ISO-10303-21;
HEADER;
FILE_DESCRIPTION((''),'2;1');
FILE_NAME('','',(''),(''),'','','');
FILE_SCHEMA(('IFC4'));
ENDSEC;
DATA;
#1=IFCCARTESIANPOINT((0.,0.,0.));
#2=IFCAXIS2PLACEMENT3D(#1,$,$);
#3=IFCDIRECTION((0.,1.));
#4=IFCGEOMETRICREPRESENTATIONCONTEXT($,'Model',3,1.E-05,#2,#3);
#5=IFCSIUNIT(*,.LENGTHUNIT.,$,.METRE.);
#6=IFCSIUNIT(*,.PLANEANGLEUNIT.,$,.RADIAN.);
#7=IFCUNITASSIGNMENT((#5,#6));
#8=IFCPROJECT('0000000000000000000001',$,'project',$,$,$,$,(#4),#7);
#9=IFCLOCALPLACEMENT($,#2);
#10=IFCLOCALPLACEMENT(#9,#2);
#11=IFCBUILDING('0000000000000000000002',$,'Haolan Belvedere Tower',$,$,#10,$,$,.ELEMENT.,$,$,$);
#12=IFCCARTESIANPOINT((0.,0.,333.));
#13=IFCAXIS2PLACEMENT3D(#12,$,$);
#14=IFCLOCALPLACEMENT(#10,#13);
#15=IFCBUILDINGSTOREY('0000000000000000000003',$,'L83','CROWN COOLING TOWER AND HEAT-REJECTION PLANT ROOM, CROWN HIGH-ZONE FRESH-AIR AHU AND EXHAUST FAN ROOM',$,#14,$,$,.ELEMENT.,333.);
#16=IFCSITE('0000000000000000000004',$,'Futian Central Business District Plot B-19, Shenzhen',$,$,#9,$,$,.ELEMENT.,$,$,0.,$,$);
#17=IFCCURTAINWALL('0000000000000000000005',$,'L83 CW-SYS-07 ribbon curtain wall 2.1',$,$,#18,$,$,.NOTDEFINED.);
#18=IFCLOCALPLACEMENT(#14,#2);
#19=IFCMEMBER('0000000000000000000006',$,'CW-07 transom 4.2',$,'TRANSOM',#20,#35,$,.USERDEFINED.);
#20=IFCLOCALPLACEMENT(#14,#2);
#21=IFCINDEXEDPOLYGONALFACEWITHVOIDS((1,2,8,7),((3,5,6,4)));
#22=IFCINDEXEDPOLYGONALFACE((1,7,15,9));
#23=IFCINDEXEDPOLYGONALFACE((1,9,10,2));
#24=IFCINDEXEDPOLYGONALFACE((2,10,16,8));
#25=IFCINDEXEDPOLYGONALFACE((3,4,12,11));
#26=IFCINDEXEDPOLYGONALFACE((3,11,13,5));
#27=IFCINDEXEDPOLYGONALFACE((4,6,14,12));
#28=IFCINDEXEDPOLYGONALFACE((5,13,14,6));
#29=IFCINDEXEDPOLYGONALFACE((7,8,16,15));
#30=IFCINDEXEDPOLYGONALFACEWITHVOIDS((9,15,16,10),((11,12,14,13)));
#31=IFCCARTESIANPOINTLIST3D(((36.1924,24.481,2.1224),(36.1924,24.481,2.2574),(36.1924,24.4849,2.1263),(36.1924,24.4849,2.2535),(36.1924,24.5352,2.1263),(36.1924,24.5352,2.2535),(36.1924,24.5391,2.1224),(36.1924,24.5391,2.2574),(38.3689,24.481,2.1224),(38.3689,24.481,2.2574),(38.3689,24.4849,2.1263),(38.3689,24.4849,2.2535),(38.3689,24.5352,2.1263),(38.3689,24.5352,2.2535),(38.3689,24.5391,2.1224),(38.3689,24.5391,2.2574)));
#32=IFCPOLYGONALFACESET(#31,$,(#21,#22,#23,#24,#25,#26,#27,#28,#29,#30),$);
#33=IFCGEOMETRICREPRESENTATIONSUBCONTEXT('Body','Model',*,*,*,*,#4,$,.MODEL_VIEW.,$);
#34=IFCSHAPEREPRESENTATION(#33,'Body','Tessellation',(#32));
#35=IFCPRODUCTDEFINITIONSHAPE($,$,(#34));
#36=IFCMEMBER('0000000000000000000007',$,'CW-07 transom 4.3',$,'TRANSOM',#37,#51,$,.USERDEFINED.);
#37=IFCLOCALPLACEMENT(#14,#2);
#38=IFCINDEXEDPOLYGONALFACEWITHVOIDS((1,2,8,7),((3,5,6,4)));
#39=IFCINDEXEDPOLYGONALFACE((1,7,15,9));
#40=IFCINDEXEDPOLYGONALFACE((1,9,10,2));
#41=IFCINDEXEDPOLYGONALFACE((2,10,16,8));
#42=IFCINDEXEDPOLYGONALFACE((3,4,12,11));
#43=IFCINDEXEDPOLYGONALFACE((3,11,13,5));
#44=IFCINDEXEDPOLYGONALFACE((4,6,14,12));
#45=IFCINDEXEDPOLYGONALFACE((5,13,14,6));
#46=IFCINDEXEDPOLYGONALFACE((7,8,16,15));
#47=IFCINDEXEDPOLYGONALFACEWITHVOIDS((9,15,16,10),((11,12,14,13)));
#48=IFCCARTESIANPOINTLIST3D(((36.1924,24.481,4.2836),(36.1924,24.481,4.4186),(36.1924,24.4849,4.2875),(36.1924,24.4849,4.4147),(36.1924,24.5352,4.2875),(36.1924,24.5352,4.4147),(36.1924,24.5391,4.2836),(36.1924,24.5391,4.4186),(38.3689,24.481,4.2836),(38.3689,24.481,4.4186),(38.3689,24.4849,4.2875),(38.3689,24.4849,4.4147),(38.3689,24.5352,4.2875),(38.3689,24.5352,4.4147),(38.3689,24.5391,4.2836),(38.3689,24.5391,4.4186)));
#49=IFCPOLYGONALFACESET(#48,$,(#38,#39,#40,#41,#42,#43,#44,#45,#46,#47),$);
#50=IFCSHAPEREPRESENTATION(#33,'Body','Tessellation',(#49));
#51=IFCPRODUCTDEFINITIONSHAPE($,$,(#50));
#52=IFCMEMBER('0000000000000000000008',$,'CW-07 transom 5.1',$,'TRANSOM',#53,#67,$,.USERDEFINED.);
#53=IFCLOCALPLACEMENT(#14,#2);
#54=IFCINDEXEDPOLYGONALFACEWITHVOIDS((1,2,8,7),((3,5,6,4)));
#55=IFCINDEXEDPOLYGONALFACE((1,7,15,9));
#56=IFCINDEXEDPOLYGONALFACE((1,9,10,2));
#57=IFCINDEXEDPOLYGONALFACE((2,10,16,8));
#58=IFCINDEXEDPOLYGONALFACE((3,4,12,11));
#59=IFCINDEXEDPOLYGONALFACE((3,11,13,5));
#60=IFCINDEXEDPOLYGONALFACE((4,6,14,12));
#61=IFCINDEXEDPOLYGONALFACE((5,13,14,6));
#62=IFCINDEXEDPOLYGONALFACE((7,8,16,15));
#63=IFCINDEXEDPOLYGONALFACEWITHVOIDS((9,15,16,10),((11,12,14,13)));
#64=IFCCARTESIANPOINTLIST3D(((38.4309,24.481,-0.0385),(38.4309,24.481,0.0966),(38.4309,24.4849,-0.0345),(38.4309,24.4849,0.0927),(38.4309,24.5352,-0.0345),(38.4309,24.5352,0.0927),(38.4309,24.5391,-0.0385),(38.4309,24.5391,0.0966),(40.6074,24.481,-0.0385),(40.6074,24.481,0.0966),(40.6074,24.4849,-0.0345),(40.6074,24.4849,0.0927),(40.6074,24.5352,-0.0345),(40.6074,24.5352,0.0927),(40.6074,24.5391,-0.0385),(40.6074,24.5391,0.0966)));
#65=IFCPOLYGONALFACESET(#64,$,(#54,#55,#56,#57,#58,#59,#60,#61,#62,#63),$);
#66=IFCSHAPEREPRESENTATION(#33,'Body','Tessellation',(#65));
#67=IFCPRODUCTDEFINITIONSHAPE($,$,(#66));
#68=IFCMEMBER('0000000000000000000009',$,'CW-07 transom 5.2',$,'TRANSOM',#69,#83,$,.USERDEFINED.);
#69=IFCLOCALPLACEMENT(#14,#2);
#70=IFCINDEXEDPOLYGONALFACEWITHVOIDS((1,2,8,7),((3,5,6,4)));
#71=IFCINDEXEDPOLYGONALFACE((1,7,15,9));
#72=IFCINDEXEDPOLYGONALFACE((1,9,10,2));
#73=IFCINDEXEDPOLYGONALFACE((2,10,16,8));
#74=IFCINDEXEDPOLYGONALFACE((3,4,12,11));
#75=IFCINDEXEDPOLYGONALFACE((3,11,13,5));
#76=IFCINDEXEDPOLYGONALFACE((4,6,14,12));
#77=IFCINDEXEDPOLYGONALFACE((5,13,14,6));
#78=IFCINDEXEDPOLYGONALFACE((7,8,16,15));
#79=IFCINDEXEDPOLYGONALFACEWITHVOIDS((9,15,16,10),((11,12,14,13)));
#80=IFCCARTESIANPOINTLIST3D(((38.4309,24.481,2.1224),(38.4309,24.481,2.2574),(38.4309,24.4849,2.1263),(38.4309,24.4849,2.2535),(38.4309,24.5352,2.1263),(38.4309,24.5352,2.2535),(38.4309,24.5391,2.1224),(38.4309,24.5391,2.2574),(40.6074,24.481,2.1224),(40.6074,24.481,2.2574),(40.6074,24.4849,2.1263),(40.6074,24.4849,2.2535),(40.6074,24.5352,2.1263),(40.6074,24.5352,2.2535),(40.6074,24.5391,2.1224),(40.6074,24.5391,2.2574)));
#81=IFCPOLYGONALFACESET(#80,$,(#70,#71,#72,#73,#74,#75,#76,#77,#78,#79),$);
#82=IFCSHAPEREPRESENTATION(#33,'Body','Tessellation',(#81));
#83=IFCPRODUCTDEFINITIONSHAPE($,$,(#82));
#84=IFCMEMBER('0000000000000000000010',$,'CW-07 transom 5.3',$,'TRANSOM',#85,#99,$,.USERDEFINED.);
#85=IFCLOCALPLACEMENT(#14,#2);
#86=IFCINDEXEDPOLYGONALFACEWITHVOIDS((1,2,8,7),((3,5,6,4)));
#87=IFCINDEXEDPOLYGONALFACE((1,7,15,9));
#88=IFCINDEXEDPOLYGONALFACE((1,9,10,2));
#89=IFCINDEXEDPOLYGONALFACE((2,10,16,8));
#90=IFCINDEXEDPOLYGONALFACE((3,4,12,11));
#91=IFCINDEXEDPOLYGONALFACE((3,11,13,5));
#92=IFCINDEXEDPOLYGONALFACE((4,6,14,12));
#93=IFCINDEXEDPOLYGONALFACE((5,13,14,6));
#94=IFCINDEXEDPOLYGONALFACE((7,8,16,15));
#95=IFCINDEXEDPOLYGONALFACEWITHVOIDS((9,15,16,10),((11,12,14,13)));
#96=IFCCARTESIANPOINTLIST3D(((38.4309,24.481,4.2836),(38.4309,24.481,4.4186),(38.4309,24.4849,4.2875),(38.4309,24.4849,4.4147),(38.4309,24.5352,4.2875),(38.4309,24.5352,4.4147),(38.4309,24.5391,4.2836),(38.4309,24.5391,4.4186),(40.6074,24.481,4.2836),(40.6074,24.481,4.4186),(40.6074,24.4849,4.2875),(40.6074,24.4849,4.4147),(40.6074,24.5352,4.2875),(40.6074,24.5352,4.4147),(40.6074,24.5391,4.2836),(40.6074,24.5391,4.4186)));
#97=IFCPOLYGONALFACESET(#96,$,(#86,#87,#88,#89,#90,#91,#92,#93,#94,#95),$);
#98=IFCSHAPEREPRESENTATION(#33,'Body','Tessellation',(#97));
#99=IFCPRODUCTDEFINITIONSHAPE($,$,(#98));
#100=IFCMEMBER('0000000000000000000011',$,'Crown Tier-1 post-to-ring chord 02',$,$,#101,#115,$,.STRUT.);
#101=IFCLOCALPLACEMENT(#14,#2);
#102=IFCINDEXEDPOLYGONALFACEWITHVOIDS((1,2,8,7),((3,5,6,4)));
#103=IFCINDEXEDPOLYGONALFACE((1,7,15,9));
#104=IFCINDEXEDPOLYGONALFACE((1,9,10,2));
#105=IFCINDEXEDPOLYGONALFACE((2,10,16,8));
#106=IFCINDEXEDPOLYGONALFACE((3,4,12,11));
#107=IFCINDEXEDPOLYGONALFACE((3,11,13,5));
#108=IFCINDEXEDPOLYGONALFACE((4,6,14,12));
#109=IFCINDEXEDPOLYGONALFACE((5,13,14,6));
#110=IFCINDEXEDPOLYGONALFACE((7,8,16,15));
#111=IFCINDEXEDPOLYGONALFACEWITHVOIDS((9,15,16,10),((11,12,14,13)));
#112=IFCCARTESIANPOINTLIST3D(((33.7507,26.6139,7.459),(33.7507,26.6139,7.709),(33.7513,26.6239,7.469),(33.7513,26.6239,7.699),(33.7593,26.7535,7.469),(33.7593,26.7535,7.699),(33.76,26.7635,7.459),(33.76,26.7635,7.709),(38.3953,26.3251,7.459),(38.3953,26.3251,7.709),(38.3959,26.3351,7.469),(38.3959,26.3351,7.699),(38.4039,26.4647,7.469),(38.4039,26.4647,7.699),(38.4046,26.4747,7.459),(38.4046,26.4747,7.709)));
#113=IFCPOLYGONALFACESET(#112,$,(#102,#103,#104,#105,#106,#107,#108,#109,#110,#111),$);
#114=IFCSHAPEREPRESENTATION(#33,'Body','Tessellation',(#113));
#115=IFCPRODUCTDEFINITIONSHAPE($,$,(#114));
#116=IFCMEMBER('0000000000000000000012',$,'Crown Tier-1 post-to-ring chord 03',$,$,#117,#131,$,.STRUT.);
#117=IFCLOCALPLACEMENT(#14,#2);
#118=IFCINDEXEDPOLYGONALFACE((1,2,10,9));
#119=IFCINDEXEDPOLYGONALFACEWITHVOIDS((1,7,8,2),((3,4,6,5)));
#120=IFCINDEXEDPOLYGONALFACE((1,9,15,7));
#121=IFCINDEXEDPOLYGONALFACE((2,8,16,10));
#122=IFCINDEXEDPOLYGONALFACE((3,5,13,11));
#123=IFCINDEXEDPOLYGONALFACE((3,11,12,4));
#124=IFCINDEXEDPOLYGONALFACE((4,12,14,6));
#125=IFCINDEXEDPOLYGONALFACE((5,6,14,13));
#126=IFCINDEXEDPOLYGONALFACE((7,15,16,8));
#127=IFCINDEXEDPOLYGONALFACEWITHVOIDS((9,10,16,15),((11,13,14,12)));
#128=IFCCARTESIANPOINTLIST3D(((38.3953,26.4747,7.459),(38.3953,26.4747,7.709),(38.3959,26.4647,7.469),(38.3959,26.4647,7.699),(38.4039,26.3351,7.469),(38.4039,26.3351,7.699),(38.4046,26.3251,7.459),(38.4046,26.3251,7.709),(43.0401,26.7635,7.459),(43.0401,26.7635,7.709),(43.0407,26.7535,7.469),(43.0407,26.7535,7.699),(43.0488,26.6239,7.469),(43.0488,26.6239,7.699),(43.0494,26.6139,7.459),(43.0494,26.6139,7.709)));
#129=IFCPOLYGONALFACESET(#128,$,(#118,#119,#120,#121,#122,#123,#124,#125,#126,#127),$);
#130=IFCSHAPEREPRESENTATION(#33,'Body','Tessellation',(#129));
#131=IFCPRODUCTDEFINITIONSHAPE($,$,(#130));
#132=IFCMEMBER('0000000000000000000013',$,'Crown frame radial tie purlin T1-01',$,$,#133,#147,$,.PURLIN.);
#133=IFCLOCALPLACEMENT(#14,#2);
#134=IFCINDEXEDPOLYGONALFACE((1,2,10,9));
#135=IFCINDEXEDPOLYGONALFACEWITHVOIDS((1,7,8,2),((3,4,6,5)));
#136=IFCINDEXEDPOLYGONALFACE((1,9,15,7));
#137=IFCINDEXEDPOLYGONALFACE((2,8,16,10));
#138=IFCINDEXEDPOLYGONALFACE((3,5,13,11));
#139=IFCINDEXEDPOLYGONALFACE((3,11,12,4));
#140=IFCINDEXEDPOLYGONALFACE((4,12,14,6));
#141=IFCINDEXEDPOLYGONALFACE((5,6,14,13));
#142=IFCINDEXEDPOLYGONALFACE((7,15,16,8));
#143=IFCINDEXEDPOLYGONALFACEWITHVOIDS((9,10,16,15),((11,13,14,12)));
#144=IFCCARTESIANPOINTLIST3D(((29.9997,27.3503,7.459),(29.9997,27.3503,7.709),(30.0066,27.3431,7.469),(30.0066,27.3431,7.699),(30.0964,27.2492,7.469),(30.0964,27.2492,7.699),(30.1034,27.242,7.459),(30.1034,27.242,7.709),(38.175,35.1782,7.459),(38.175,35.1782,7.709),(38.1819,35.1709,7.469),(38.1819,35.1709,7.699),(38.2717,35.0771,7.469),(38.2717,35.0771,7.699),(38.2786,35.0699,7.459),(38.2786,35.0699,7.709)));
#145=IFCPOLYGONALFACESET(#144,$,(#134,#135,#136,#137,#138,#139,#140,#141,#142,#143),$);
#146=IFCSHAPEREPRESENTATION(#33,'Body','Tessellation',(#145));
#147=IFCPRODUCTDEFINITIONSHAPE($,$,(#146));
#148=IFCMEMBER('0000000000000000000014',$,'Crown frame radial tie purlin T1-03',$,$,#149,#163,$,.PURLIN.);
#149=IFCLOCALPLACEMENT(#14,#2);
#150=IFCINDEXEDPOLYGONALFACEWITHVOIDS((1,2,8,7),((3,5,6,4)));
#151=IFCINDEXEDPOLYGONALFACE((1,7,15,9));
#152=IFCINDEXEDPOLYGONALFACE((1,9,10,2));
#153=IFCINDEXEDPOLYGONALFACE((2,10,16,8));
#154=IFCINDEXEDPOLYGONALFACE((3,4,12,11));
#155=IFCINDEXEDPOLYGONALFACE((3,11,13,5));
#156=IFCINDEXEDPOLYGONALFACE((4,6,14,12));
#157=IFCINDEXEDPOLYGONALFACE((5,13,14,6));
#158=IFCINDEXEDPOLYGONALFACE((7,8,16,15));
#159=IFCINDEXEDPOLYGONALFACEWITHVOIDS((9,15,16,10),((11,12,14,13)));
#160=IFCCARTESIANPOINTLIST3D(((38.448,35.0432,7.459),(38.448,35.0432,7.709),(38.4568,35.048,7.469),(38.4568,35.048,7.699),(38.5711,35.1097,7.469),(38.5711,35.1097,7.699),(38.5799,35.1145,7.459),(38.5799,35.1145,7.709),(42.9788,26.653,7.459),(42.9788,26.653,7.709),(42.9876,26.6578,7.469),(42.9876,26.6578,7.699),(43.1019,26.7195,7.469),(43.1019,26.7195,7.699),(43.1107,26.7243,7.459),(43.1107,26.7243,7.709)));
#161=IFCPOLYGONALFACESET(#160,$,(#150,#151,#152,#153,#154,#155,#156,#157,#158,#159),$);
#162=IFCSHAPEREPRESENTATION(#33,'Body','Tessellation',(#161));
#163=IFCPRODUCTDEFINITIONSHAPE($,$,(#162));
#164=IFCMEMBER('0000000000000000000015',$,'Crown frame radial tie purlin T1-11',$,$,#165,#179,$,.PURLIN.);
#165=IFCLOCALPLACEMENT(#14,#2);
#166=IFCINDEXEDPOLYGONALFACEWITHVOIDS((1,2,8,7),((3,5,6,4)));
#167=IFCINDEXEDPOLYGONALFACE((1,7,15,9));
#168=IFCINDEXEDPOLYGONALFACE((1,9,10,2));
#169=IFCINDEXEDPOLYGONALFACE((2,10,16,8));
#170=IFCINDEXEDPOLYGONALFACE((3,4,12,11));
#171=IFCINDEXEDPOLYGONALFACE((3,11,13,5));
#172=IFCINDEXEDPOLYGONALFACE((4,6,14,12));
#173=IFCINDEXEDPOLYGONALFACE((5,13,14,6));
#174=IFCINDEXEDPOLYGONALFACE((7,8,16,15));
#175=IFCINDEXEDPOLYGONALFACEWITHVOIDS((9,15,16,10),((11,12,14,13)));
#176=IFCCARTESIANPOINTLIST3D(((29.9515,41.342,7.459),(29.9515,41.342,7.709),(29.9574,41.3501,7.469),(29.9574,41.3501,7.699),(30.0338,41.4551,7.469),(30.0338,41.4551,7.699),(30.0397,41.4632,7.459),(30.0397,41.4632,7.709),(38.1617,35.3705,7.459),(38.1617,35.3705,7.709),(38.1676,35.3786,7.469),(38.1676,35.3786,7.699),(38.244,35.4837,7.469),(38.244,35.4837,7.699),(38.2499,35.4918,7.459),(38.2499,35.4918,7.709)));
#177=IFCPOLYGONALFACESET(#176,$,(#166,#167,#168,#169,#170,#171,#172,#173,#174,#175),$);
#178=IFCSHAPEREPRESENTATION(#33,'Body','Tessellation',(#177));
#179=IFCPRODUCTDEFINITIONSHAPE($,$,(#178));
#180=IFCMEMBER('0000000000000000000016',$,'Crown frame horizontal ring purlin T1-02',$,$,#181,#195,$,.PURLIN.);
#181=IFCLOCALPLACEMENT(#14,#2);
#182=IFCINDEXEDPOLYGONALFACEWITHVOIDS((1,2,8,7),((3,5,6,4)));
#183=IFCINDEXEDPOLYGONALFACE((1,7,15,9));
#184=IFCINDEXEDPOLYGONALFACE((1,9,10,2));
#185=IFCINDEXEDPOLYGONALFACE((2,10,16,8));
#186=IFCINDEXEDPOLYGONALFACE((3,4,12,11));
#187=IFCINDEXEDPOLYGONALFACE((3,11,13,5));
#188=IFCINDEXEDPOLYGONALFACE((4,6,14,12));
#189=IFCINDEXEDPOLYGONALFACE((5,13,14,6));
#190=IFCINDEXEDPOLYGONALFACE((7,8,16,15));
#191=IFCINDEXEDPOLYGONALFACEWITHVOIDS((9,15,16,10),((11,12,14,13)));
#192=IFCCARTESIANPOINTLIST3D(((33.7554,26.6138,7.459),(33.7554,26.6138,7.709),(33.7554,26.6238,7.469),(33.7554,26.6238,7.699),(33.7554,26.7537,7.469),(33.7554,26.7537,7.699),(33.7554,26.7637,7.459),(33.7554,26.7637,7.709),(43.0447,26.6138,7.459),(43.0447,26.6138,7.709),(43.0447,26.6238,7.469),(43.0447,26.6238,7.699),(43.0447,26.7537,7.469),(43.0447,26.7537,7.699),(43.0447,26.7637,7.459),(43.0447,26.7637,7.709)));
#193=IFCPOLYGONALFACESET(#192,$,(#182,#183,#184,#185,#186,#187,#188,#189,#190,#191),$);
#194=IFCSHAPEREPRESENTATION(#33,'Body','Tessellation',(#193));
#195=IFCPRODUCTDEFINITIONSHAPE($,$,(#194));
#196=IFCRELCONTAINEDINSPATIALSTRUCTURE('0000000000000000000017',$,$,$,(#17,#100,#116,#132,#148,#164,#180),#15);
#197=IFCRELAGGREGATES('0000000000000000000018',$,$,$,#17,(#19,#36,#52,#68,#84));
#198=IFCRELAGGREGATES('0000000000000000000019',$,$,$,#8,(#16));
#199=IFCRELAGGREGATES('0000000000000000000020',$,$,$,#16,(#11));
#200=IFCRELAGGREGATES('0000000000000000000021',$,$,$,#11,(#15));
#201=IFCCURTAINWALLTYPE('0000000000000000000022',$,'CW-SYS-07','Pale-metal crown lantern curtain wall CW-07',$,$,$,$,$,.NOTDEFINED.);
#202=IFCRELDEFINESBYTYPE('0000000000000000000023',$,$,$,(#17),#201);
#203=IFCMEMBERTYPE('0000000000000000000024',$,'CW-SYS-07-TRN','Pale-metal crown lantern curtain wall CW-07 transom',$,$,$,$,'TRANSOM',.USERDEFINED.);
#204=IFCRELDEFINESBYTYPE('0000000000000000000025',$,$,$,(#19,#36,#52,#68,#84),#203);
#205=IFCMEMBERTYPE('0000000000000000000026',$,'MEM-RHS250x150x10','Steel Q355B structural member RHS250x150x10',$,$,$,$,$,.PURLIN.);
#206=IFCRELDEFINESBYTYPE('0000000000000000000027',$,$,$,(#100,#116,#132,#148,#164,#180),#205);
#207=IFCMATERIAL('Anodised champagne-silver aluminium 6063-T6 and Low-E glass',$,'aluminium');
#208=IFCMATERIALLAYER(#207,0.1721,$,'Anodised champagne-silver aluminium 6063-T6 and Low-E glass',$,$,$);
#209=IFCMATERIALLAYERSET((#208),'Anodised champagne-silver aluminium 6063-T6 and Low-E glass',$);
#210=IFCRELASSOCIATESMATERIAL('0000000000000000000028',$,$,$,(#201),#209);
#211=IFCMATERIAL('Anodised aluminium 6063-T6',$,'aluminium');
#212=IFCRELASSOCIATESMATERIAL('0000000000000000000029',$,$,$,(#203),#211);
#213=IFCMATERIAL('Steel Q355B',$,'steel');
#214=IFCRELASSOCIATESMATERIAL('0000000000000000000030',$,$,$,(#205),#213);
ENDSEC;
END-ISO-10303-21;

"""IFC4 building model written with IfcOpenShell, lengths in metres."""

from ifc_helpers import new_model, si_unit, direction, frame, origin, origin_2d, place, context, subcontext, project, spatial, hollow_rectangle, extrude, material, layer, layer_set, material_profile, profile_set, type_object, element, aggregate, save


model = new_model("IFC4")

# Units and contexts
model_context = context("Model", 3, precision=1e-05, world=origin(), true_north=direction((0.0, 1.0)))
body_context = subcontext(model_context, "Body", "Model", "MODEL_VIEW")
ifc_project = project(units=[si_unit("LENGTHUNIT", "METRE"), si_unit("PLANEANGLEUNIT", "RADIAN")], contexts=[model_context])

# Site, building, storey
site_placement = place(None, origin())
site = spatial("IfcSite", under=ifc_project, at=site_placement, Name="Futian Central Business District Plot B-19, Shenzhen", CompositionType="ELEMENT", RefElevation=0.0)
building_placement = place(site_placement, origin())
building = spatial("IfcBuilding", under=site, at=building_placement, Name="Haolan Belvedere Tower", CompositionType="ELEMENT")
storey_placement = place(building_placement, frame((0.0, 0.0, 333.0)))
storey = spatial("IfcBuildingStorey", under=building, at=storey_placement, Name="L83", Description="CROWN COOLING TOWER AND HEAT-REJECTION PLANT ROOM, CROWN HIGH-ZONE FRESH-AIR AHU AND EXHAUST FAN ROOM", CompositionType="ELEMENT", Elevation=333.0)

# Shared definitions
ifc_material_1 = material(Name="Steel Q355B", Category="steel")

# Curtain wall, members
ifc_material_2 = material(Name="Anodised champagne-silver aluminium 6063-T6 and Low-E glass", Category="aluminium")
ifc_layer_1 = layer(ifc_material_2, 0.1721, Name="Anodised champagne-silver aluminium 6063-T6 and Low-E glass")
ifc_layer_set_1 = layer_set([ifc_layer_1], Name="Anodised champagne-silver aluminium 6063-T6 and Low-E glass")
curtain_wall_type = type_object("IfcCurtainWallType", Name="CW-SYS-07", Description="Pale-metal crown lantern curtain wall CW-07", PredefinedType="NOTDEFINED", material=ifc_layer_set_1)
curtain_wall_placement = place(storey_placement, origin())
curtain_wall = element("IfcCurtainWall", 1, at=curtain_wall_placement, inside=storey, type_object=curtain_wall_type, Name="L83 CW-SYS-07 ribbon curtain wall 2.1", PredefinedType="NOTDEFINED")
ifc_material_3 = material(Name="Anodised aluminium 6063-T6", Category="aluminium")
ifc_material_profile_1 = material_profile(ifc_material_3, hollow_rectangle(XDim=0.0581, YDim=0.135, WallThickness=0.0039, at=origin_2d()), Name="Anodised aluminium 6063-T6")
ifc_profile_set_1 = profile_set([ifc_material_profile_1], Name="Anodised aluminium 6063-T6")
member_type_1 = type_object("IfcMemberType", Name="CW-SYS-07-TRN", Description="Pale-metal crown lantern curtain wall CW-07 transom", ElementType="TRANSOM", PredefinedType="USERDEFINED", material=ifc_profile_set_1)
member_1_placement = place(storey_placement, frame((36.1924, 24.51, 2.1899), z_axis=(1.0, 0.0, 0.0), x_axis=(0.0, 1.0, 0.0)))
member_1 = element("IfcMember", 2, at=member_1_placement, type_object=member_type_1, Name="CW-07 transom 4.2", ObjectType="TRANSOM", PredefinedType="USERDEFINED", context=body_context, shape_type="SweptSolid", body=[
    extrude(hollow_rectangle(XDim=0.0581, YDim=0.135, WallThickness=0.0039, at=origin_2d()), origin(), (0.0, 0.0, 1.0), 2.1765),
])
member_2_placement = place(storey_placement, frame((36.1924, 24.51, 4.3511), z_axis=(1.0, 0.0, 0.0), x_axis=(0.0, 1.0, 0.0)))
member_2 = element("IfcMember", 3, at=member_2_placement, type_object=member_type_1, Name="CW-07 transom 4.3", ObjectType="TRANSOM", PredefinedType="USERDEFINED", context=body_context, shape_type="SweptSolid", body=[
    extrude(hollow_rectangle(XDim=0.0581, YDim=0.135, WallThickness=0.0039, at=origin_2d()), origin(), (0.0, 0.0, 1.0), 2.1765),
])
member_3_placement = place(storey_placement, frame((38.4309, 24.51, 0.0291), z_axis=(1.0, 0.0, 0.0), x_axis=(0.0, 1.0, 0.0)))
member_3 = element("IfcMember", 4, at=member_3_placement, type_object=member_type_1, Name="CW-07 transom 5.1", ObjectType="TRANSOM", PredefinedType="USERDEFINED", context=body_context, shape_type="SweptSolid", body=[
    extrude(hollow_rectangle(XDim=0.0581, YDim=0.135, WallThickness=0.0039, at=origin_2d()), origin(), (0.0, 0.0, 1.0), 2.1765),
])
member_4_placement = place(storey_placement, frame((38.4309, 24.51, 2.1899), z_axis=(1.0, 0.0, 0.0), x_axis=(0.0, 1.0, 0.0)))
member_4 = element("IfcMember", 5, at=member_4_placement, type_object=member_type_1, Name="CW-07 transom 5.2", ObjectType="TRANSOM", PredefinedType="USERDEFINED", context=body_context, shape_type="SweptSolid", body=[
    extrude(hollow_rectangle(XDim=0.0581, YDim=0.135, WallThickness=0.0039, at=origin_2d()), origin(), (0.0, 0.0, 1.0), 2.1765),
])
member_5_placement = place(storey_placement, frame((38.4309, 24.51, 4.3511), z_axis=(1.0, 0.0, 0.0), x_axis=(0.0, 1.0, 0.0)))
member_5 = element("IfcMember", 6, at=member_5_placement, type_object=member_type_1, Name="CW-07 transom 5.3", ObjectType="TRANSOM", PredefinedType="USERDEFINED", context=body_context, shape_type="SweptSolid", body=[
    extrude(hollow_rectangle(XDim=0.0581, YDim=0.135, WallThickness=0.0039, at=origin_2d()), origin(), (0.0, 0.0, 1.0), 2.1765),
])

# Members
ifc_material_profile_2 = material_profile(ifc_material_1, hollow_rectangle(XDim=0.1499, YDim=0.25, WallThickness=0.01, at=origin_2d()), Name="Steel Q355B")
ifc_profile_set_2 = profile_set([ifc_material_profile_2], Name="Steel Q355B")
member_type_2 = type_object("IfcMemberType", Name="MEM-RHS250x150x10", Description="Steel Q355B structural member RHS250x150x10", PredefinedType="PURLIN", material=ifc_profile_set_2)
member_6_placement = place(storey_placement, frame((38.3999, 26.3999, 7.584), z_axis=(-0.998072, 0.062065, 0.0), x_axis=(-0.062065, -0.998072, 0.0)))
element("IfcMember", 7, at=member_6_placement, inside=storey, type_object=member_type_2, Name="Crown Tier-1 post-to-ring chord 02", PredefinedType="STRUT", context=body_context, shape_type="SweptSolid", body=[
    extrude(hollow_rectangle(XDim=0.1499, YDim=0.25, WallThickness=0.01, at=origin_2d()), origin(), (0.0, 0.0, 1.0), 4.6536),
])
member_7_placement = place(storey_placement, frame((38.3999, 26.3999, 7.584), z_axis=(0.998072, 0.062061, 0.0), x_axis=(-0.062061, 0.998072, 0.0)))
element("IfcMember", 8, at=member_7_placement, inside=storey, type_object=member_type_2, Name="Crown Tier-1 post-to-ring chord 03", PredefinedType="STRUT", context=body_context, shape_type="SweptSolid", body=[
    extrude(hollow_rectangle(XDim=0.1499, YDim=0.25, WallThickness=0.01, at=origin_2d()), origin(), (0.0, 0.0, 1.0), 4.6538),
])
member_8_placement = place(storey_placement, frame((38.2268, 35.124, 7.584), z_axis=(-0.722287, -0.691593, 0.0), x_axis=(0.691593, -0.722287, 0.0)))
element("IfcMember", 9, at=member_8_placement, inside=storey, type_object=member_type_2, Name="Crown frame radial tie purlin T1-01", PredefinedType="PURLIN", context=body_context, shape_type="SweptSolid", body=[
    extrude(hollow_rectangle(XDim=0.1499, YDim=0.25, WallThickness=0.01, at=origin_2d()), origin(), (0.0, 0.0, 1.0), 11.3186),
])
member_9_placement = place(storey_placement, frame((38.5139, 35.0789, 7.584), z_axis=(0.475156, -0.879902, 0.0), x_axis=(0.879902, 0.475156, 0.0)))
element("IfcMember", 10, at=member_9_placement, inside=storey, type_object=member_type_2, Name="Crown frame radial tie purlin T1-03", PredefinedType="PURLIN", context=body_context, shape_type="SweptSolid", body=[
    extrude(hollow_rectangle(XDim=0.1499, YDim=0.25, WallThickness=0.01, at=origin_2d()), origin(), (0.0, 0.0, 1.0), 9.5354),
])
member_10_placement = place(storey_placement, frame((38.2058, 35.4312, 7.584), z_axis=(-0.808718, 0.588196, 0.0), x_axis=(-0.588196, -0.808718, 0.0)))
element("IfcMember", 11, at=member_10_placement, inside=storey, type_object=member_type_2, Name="Crown frame radial tie purlin T1-11", PredefinedType="PURLIN", context=body_context, shape_type="SweptSolid", body=[
    extrude(hollow_rectangle(XDim=0.1499, YDim=0.25, WallThickness=0.01, at=origin_2d()), origin(), (0.0, 0.0, 1.0), 10.1521),
])
member_11_placement = place(storey_placement, frame((33.7554, 26.6887, 7.584), z_axis=(1.0, 0.0, 0.0), x_axis=(0.0, 1.0, 0.0)))
element("IfcMember", 12, at=member_11_placement, inside=storey, type_object=member_type_2, Name="Crown frame horizontal ring purlin T1-02", PredefinedType="PURLIN", context=body_context, shape_type="SweptSolid", body=[
    extrude(hollow_rectangle(XDim=0.1499, YDim=0.25, WallThickness=0.01, at=origin_2d()), origin(), (0.0, 0.0, 1.0), 9.2893),
])

aggregate(curtain_wall, [member_1, member_2, member_3, member_4, member_5])

save(model, "model.ifc")
